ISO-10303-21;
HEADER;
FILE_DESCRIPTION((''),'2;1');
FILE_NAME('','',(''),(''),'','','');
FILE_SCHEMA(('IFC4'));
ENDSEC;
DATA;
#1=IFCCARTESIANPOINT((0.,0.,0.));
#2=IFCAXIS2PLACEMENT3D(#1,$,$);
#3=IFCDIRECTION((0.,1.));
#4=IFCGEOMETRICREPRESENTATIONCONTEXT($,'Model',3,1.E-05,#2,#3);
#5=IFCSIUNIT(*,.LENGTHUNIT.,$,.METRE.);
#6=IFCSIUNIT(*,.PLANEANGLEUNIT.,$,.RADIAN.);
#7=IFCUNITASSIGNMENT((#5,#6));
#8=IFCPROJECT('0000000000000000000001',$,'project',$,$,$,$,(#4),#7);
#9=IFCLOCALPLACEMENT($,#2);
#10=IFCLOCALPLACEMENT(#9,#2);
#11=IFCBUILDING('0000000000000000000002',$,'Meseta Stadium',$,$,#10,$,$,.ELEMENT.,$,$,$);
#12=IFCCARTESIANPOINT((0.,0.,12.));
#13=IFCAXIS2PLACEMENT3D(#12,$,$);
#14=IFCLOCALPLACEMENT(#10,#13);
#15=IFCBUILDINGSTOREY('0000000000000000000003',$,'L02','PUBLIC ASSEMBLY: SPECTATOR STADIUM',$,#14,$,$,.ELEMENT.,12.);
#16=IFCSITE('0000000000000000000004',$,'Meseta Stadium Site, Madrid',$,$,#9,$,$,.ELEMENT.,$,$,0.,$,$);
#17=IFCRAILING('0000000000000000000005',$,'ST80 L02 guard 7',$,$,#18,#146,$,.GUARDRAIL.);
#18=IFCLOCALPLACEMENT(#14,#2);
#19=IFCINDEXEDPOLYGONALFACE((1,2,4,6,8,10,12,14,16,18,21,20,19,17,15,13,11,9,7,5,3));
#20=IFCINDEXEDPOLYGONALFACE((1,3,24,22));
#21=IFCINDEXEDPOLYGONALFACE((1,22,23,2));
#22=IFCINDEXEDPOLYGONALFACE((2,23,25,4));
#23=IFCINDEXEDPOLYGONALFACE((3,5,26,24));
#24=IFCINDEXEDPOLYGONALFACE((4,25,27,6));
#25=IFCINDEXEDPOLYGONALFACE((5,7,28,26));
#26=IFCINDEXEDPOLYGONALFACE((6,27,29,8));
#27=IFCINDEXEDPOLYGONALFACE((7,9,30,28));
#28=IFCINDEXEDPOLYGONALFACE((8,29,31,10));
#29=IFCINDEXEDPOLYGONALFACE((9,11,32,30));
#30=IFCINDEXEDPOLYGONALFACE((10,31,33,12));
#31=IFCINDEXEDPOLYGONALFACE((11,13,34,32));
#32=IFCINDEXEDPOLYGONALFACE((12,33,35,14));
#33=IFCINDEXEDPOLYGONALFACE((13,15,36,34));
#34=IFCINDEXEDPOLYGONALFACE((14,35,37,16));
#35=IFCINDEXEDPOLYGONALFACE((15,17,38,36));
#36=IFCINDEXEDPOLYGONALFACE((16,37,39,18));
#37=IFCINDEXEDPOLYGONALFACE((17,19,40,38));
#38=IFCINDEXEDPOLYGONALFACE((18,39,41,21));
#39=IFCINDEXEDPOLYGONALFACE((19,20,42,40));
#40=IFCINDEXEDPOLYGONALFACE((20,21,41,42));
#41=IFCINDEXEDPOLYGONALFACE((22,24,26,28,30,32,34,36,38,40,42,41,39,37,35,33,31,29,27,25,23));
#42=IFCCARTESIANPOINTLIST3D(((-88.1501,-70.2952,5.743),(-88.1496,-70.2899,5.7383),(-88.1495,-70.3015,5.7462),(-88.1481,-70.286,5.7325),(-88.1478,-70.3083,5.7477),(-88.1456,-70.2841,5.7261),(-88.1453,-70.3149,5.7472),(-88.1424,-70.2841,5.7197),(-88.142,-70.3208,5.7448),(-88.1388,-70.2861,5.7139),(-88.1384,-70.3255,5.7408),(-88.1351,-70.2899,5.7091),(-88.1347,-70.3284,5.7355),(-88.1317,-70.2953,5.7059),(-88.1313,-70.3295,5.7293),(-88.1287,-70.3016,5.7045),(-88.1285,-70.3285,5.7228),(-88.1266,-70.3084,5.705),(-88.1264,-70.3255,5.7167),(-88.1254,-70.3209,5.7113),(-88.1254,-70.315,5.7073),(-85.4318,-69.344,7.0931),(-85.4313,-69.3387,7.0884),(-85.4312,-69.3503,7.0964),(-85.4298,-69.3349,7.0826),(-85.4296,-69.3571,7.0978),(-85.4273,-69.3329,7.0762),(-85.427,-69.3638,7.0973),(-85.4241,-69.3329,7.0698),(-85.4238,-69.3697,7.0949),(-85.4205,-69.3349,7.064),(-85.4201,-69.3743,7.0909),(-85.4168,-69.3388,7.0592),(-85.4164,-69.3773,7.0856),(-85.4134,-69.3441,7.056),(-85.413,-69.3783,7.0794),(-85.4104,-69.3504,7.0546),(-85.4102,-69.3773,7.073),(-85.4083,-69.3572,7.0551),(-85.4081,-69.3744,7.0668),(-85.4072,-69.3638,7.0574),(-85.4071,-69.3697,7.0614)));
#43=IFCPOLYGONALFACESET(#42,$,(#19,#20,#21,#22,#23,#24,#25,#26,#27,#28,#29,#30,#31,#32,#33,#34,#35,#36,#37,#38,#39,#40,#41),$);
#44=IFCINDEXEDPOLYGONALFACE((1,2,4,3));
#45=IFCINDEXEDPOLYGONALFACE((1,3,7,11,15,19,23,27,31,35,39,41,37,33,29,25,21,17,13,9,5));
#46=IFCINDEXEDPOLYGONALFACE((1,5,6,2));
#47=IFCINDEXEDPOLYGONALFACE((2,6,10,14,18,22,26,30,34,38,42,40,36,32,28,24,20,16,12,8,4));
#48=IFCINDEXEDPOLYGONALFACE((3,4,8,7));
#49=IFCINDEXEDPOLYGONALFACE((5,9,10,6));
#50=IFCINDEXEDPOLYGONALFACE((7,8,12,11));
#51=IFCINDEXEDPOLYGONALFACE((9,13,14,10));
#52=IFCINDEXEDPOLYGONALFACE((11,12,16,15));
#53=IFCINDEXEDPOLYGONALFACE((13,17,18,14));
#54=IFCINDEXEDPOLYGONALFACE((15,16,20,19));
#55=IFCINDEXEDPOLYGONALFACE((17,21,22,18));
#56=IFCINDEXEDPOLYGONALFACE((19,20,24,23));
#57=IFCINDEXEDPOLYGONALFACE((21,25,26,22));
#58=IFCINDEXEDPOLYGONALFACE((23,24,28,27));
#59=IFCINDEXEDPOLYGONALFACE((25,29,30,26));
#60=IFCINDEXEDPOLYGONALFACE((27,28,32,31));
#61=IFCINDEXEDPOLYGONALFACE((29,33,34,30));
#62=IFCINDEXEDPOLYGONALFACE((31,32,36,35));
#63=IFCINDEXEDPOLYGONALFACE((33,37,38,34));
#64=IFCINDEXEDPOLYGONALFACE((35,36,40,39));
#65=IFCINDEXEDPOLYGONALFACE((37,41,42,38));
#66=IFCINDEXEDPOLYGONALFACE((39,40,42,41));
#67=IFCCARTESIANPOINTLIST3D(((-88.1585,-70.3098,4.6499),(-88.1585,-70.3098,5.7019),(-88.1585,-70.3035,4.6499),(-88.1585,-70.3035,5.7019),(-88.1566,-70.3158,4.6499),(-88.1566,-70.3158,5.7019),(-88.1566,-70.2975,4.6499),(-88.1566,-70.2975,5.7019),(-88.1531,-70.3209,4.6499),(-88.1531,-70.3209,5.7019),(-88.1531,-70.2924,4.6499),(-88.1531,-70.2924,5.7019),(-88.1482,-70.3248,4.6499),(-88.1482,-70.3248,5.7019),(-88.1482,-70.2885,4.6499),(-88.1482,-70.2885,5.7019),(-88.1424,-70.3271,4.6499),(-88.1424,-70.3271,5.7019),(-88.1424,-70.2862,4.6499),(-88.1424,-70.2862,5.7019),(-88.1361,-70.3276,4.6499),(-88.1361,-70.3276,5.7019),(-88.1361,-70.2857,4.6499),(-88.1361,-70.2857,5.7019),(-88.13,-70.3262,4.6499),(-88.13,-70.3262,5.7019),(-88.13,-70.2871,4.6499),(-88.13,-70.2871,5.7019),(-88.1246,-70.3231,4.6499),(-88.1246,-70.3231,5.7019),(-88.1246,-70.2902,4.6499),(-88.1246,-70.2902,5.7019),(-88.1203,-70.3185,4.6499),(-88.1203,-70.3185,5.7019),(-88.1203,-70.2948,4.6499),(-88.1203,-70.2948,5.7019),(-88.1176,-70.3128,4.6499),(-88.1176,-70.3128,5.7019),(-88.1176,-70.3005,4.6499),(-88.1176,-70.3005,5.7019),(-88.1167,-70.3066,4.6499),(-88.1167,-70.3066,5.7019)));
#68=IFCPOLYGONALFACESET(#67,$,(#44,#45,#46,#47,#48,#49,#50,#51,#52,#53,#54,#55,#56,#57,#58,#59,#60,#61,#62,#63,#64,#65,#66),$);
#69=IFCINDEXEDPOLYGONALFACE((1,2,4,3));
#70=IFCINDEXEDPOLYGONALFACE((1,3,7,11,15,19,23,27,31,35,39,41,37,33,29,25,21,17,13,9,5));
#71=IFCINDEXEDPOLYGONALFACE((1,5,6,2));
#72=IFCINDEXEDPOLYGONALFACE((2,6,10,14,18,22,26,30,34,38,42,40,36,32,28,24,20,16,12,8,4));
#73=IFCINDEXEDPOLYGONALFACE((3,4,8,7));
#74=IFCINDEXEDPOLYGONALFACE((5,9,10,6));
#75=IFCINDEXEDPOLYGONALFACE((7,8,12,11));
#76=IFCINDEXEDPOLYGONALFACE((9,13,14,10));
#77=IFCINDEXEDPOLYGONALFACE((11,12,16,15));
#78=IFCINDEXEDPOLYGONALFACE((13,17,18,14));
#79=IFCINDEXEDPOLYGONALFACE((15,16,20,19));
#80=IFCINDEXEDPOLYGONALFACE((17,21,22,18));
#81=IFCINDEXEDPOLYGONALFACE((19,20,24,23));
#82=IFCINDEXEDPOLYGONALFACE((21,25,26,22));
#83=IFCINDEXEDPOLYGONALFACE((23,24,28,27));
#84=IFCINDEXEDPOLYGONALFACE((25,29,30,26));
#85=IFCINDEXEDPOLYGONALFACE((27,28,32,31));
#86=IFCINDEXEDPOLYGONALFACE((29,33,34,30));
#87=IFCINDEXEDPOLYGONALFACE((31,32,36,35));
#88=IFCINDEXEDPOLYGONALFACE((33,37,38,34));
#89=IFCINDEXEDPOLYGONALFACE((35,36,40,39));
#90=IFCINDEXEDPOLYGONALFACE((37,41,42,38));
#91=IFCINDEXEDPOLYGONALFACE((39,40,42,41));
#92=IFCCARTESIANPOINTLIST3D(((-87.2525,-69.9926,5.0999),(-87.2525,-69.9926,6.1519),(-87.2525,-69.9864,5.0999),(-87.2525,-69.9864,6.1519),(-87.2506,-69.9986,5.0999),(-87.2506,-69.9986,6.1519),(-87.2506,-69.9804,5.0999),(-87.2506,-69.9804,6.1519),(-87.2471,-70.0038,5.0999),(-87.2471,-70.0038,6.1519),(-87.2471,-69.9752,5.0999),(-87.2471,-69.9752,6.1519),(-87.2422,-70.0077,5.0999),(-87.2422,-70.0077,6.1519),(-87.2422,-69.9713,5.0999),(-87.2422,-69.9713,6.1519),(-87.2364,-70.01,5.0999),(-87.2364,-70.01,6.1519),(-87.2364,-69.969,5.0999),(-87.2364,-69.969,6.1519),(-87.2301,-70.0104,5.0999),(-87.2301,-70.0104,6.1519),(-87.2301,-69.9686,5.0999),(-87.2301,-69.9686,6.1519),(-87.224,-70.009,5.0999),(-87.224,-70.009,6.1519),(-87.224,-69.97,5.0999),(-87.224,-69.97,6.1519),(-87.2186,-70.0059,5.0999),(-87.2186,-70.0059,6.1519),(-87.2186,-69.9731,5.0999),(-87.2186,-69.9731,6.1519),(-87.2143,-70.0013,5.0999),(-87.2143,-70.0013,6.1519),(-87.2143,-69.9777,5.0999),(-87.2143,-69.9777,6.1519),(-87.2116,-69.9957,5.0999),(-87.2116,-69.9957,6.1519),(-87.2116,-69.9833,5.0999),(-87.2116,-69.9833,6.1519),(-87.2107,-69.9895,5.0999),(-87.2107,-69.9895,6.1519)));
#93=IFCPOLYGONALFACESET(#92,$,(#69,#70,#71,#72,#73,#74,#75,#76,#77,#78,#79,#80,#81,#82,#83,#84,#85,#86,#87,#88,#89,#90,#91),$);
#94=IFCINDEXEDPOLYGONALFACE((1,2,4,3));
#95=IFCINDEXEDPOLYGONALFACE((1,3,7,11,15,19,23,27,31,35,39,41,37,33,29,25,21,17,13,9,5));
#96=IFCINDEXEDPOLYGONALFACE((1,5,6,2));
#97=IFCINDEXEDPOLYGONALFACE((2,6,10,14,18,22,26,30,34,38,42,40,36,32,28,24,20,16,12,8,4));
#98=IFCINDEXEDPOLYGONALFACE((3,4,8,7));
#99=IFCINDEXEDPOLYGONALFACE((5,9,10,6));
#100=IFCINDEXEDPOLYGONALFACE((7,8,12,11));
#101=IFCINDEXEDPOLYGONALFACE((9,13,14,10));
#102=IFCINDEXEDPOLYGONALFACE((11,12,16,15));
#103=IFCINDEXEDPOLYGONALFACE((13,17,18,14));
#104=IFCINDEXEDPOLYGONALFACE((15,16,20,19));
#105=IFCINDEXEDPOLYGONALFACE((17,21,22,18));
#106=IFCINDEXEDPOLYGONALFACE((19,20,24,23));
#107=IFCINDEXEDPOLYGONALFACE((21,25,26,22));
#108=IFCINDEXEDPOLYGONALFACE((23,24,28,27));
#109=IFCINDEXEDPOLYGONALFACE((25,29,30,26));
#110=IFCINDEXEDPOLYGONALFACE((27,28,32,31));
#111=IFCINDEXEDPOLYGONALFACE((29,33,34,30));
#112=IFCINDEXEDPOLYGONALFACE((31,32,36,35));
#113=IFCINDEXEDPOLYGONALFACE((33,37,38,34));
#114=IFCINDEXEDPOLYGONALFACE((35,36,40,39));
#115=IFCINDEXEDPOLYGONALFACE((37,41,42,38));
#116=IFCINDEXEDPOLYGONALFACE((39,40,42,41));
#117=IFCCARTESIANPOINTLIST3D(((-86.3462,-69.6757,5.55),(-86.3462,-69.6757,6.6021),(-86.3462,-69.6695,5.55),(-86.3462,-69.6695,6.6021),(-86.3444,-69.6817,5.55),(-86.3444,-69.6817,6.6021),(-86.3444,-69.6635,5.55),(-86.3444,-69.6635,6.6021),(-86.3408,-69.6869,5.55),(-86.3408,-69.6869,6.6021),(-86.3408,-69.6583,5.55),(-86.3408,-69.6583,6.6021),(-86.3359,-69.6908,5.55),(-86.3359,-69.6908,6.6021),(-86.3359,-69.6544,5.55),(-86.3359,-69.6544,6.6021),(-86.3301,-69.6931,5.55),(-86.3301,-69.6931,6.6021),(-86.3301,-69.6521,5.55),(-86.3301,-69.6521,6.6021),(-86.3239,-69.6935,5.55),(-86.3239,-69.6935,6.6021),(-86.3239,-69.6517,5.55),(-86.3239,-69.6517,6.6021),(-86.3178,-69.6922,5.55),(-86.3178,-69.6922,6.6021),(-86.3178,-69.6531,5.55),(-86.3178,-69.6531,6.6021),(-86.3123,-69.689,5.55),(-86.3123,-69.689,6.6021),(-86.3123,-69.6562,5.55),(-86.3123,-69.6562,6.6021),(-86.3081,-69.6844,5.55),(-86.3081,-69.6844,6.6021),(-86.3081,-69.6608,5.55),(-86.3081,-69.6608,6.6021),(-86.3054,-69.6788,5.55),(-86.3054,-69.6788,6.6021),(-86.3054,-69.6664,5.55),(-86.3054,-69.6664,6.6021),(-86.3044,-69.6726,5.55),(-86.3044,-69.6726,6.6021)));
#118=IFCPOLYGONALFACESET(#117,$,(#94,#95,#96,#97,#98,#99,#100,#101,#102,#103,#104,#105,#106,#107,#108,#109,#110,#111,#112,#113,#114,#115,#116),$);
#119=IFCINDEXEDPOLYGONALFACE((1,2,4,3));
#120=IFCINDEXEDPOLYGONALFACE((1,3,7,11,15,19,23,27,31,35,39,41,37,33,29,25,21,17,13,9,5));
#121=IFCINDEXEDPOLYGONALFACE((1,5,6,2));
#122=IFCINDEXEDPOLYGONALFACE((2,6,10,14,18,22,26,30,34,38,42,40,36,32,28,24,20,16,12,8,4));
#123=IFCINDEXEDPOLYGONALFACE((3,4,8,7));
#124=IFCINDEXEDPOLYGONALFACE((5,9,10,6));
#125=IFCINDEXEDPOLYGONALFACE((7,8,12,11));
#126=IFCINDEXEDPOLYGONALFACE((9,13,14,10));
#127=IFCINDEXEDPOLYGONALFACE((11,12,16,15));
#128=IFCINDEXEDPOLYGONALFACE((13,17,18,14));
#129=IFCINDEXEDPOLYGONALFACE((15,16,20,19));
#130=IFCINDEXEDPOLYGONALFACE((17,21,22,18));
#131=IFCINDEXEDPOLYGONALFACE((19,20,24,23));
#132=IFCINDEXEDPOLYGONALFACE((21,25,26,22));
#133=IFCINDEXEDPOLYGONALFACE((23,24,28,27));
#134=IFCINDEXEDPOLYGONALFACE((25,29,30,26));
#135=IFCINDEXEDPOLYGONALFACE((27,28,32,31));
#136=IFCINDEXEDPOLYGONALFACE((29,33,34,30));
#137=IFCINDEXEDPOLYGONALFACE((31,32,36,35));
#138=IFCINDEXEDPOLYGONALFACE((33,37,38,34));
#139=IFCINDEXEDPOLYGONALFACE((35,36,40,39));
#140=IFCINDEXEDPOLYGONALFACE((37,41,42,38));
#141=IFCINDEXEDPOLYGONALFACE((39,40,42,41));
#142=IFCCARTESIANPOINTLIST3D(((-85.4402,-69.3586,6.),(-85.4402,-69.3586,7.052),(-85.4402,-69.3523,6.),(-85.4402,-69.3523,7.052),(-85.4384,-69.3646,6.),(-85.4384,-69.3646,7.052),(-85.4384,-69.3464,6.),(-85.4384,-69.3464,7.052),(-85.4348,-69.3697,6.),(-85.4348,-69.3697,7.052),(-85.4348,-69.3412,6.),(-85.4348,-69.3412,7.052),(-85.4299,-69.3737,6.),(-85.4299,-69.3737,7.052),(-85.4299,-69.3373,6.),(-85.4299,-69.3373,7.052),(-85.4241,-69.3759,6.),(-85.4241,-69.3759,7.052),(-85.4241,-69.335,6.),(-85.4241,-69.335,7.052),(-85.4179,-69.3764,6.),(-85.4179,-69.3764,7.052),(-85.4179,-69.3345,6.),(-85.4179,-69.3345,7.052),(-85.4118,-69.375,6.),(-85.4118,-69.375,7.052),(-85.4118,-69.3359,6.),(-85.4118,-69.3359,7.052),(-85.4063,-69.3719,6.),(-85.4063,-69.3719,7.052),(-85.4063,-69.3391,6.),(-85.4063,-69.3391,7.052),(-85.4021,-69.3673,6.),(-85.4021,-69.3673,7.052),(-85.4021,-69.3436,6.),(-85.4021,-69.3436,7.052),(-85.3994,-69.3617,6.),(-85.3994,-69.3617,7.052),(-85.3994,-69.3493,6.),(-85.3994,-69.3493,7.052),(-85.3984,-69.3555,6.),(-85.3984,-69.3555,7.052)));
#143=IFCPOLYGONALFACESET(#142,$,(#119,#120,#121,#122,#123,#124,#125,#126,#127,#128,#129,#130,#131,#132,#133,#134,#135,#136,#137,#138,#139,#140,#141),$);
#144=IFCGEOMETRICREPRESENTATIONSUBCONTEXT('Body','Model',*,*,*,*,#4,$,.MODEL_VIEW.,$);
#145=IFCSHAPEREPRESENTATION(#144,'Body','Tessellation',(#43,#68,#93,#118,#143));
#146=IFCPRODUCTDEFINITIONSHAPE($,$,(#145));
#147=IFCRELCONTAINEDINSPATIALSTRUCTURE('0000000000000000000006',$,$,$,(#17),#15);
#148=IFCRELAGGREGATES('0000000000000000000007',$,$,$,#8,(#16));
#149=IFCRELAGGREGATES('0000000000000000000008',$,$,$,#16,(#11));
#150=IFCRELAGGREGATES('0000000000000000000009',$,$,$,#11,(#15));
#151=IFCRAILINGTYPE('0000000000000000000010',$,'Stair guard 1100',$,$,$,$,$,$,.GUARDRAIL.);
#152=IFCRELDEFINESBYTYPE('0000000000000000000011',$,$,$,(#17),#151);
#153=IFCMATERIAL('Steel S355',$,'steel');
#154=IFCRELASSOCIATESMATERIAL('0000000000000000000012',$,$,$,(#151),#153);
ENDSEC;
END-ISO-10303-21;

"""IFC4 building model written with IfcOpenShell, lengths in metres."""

from ifc_helpers import new_model, si_unit, direction, frame, origin, origin_2d, place, context, subcontext, project, spatial, circle, extrude, material, type_object, element, save


model = new_model("IFC4")

# Units and contexts
model_context = context("Model", 3, precision=1e-05, world=origin(), true_north=direction((0.0, 1.0)))
body_context = subcontext(model_context, "Body", "Model", "MODEL_VIEW")
ifc_project = project(units=[si_unit("LENGTHUNIT", "METRE"), si_unit("PLANEANGLEUNIT", "RADIAN")], contexts=[model_context])

# Site, building, storey
site_placement = place(None, origin())
site = spatial("IfcSite", under=ifc_project, at=site_placement, Name="Meseta Stadium Site, Madrid", CompositionType="ELEMENT", RefElevation=0.0)
building_placement = place(site_placement, origin())
building = spatial("IfcBuilding", under=site, at=building_placement, Name="Meseta Stadium", CompositionType="ELEMENT")
storey_placement = place(building_placement, frame((0.0, 0.0, 12.0)))
storey = spatial("IfcBuildingStorey", under=building, at=storey_placement, Name="L02", Description="PUBLIC ASSEMBLY: SPECTATOR STADIUM", CompositionType="ELEMENT", Elevation=12.0)

# Railing
ifc_material_1 = material(Name="Steel S355", Category="steel")
railing_type_1 = type_object("IfcRailingType", Name="Stair guard 1100", PredefinedType="GUARDRAIL", material=ifc_material_1)
railing_1_placement = place(storey_placement, frame((-88.1377, -70.3066, 4.6499)))
element("IfcRailing", 1, at=railing_1_placement, inside=storey, type_object=railing_type_1, Name="ST80 L02 guard 7", PredefinedType="GUARDRAIL", context=body_context, shape_type="SweptSolid", body=[
    extrude(circle(Radius=0.0239, at=origin_2d()), frame((0.0, 0.0, 1.0762), z_axis=(0.854629, 0.299051, 0.424474), x_axis=(-0.330282, 0.943882, 0.0)), (0.0, 0.0, 1.0), 3.1807),
    extrude(circle(Radius=0.021, at=origin_2d()), origin(), (0.0, 0.0, 1.0), 1.052),
    extrude(circle(Radius=0.021, at=origin_2d()), frame((0.906, 0.3171, 0.45)), (0.0, 0.0, 1.0), 1.052),
    extrude(circle(Radius=0.021, at=origin_2d()), frame((1.8123, 0.634, 0.9001)), (0.0, 0.0, 1.0), 1.052),
    extrude(circle(Radius=0.021, at=origin_2d()), frame((2.7183, 0.9512, 1.3501)), (0.0, 0.0, 1.0), 1.052),
])

save(model, "model.ifc")
